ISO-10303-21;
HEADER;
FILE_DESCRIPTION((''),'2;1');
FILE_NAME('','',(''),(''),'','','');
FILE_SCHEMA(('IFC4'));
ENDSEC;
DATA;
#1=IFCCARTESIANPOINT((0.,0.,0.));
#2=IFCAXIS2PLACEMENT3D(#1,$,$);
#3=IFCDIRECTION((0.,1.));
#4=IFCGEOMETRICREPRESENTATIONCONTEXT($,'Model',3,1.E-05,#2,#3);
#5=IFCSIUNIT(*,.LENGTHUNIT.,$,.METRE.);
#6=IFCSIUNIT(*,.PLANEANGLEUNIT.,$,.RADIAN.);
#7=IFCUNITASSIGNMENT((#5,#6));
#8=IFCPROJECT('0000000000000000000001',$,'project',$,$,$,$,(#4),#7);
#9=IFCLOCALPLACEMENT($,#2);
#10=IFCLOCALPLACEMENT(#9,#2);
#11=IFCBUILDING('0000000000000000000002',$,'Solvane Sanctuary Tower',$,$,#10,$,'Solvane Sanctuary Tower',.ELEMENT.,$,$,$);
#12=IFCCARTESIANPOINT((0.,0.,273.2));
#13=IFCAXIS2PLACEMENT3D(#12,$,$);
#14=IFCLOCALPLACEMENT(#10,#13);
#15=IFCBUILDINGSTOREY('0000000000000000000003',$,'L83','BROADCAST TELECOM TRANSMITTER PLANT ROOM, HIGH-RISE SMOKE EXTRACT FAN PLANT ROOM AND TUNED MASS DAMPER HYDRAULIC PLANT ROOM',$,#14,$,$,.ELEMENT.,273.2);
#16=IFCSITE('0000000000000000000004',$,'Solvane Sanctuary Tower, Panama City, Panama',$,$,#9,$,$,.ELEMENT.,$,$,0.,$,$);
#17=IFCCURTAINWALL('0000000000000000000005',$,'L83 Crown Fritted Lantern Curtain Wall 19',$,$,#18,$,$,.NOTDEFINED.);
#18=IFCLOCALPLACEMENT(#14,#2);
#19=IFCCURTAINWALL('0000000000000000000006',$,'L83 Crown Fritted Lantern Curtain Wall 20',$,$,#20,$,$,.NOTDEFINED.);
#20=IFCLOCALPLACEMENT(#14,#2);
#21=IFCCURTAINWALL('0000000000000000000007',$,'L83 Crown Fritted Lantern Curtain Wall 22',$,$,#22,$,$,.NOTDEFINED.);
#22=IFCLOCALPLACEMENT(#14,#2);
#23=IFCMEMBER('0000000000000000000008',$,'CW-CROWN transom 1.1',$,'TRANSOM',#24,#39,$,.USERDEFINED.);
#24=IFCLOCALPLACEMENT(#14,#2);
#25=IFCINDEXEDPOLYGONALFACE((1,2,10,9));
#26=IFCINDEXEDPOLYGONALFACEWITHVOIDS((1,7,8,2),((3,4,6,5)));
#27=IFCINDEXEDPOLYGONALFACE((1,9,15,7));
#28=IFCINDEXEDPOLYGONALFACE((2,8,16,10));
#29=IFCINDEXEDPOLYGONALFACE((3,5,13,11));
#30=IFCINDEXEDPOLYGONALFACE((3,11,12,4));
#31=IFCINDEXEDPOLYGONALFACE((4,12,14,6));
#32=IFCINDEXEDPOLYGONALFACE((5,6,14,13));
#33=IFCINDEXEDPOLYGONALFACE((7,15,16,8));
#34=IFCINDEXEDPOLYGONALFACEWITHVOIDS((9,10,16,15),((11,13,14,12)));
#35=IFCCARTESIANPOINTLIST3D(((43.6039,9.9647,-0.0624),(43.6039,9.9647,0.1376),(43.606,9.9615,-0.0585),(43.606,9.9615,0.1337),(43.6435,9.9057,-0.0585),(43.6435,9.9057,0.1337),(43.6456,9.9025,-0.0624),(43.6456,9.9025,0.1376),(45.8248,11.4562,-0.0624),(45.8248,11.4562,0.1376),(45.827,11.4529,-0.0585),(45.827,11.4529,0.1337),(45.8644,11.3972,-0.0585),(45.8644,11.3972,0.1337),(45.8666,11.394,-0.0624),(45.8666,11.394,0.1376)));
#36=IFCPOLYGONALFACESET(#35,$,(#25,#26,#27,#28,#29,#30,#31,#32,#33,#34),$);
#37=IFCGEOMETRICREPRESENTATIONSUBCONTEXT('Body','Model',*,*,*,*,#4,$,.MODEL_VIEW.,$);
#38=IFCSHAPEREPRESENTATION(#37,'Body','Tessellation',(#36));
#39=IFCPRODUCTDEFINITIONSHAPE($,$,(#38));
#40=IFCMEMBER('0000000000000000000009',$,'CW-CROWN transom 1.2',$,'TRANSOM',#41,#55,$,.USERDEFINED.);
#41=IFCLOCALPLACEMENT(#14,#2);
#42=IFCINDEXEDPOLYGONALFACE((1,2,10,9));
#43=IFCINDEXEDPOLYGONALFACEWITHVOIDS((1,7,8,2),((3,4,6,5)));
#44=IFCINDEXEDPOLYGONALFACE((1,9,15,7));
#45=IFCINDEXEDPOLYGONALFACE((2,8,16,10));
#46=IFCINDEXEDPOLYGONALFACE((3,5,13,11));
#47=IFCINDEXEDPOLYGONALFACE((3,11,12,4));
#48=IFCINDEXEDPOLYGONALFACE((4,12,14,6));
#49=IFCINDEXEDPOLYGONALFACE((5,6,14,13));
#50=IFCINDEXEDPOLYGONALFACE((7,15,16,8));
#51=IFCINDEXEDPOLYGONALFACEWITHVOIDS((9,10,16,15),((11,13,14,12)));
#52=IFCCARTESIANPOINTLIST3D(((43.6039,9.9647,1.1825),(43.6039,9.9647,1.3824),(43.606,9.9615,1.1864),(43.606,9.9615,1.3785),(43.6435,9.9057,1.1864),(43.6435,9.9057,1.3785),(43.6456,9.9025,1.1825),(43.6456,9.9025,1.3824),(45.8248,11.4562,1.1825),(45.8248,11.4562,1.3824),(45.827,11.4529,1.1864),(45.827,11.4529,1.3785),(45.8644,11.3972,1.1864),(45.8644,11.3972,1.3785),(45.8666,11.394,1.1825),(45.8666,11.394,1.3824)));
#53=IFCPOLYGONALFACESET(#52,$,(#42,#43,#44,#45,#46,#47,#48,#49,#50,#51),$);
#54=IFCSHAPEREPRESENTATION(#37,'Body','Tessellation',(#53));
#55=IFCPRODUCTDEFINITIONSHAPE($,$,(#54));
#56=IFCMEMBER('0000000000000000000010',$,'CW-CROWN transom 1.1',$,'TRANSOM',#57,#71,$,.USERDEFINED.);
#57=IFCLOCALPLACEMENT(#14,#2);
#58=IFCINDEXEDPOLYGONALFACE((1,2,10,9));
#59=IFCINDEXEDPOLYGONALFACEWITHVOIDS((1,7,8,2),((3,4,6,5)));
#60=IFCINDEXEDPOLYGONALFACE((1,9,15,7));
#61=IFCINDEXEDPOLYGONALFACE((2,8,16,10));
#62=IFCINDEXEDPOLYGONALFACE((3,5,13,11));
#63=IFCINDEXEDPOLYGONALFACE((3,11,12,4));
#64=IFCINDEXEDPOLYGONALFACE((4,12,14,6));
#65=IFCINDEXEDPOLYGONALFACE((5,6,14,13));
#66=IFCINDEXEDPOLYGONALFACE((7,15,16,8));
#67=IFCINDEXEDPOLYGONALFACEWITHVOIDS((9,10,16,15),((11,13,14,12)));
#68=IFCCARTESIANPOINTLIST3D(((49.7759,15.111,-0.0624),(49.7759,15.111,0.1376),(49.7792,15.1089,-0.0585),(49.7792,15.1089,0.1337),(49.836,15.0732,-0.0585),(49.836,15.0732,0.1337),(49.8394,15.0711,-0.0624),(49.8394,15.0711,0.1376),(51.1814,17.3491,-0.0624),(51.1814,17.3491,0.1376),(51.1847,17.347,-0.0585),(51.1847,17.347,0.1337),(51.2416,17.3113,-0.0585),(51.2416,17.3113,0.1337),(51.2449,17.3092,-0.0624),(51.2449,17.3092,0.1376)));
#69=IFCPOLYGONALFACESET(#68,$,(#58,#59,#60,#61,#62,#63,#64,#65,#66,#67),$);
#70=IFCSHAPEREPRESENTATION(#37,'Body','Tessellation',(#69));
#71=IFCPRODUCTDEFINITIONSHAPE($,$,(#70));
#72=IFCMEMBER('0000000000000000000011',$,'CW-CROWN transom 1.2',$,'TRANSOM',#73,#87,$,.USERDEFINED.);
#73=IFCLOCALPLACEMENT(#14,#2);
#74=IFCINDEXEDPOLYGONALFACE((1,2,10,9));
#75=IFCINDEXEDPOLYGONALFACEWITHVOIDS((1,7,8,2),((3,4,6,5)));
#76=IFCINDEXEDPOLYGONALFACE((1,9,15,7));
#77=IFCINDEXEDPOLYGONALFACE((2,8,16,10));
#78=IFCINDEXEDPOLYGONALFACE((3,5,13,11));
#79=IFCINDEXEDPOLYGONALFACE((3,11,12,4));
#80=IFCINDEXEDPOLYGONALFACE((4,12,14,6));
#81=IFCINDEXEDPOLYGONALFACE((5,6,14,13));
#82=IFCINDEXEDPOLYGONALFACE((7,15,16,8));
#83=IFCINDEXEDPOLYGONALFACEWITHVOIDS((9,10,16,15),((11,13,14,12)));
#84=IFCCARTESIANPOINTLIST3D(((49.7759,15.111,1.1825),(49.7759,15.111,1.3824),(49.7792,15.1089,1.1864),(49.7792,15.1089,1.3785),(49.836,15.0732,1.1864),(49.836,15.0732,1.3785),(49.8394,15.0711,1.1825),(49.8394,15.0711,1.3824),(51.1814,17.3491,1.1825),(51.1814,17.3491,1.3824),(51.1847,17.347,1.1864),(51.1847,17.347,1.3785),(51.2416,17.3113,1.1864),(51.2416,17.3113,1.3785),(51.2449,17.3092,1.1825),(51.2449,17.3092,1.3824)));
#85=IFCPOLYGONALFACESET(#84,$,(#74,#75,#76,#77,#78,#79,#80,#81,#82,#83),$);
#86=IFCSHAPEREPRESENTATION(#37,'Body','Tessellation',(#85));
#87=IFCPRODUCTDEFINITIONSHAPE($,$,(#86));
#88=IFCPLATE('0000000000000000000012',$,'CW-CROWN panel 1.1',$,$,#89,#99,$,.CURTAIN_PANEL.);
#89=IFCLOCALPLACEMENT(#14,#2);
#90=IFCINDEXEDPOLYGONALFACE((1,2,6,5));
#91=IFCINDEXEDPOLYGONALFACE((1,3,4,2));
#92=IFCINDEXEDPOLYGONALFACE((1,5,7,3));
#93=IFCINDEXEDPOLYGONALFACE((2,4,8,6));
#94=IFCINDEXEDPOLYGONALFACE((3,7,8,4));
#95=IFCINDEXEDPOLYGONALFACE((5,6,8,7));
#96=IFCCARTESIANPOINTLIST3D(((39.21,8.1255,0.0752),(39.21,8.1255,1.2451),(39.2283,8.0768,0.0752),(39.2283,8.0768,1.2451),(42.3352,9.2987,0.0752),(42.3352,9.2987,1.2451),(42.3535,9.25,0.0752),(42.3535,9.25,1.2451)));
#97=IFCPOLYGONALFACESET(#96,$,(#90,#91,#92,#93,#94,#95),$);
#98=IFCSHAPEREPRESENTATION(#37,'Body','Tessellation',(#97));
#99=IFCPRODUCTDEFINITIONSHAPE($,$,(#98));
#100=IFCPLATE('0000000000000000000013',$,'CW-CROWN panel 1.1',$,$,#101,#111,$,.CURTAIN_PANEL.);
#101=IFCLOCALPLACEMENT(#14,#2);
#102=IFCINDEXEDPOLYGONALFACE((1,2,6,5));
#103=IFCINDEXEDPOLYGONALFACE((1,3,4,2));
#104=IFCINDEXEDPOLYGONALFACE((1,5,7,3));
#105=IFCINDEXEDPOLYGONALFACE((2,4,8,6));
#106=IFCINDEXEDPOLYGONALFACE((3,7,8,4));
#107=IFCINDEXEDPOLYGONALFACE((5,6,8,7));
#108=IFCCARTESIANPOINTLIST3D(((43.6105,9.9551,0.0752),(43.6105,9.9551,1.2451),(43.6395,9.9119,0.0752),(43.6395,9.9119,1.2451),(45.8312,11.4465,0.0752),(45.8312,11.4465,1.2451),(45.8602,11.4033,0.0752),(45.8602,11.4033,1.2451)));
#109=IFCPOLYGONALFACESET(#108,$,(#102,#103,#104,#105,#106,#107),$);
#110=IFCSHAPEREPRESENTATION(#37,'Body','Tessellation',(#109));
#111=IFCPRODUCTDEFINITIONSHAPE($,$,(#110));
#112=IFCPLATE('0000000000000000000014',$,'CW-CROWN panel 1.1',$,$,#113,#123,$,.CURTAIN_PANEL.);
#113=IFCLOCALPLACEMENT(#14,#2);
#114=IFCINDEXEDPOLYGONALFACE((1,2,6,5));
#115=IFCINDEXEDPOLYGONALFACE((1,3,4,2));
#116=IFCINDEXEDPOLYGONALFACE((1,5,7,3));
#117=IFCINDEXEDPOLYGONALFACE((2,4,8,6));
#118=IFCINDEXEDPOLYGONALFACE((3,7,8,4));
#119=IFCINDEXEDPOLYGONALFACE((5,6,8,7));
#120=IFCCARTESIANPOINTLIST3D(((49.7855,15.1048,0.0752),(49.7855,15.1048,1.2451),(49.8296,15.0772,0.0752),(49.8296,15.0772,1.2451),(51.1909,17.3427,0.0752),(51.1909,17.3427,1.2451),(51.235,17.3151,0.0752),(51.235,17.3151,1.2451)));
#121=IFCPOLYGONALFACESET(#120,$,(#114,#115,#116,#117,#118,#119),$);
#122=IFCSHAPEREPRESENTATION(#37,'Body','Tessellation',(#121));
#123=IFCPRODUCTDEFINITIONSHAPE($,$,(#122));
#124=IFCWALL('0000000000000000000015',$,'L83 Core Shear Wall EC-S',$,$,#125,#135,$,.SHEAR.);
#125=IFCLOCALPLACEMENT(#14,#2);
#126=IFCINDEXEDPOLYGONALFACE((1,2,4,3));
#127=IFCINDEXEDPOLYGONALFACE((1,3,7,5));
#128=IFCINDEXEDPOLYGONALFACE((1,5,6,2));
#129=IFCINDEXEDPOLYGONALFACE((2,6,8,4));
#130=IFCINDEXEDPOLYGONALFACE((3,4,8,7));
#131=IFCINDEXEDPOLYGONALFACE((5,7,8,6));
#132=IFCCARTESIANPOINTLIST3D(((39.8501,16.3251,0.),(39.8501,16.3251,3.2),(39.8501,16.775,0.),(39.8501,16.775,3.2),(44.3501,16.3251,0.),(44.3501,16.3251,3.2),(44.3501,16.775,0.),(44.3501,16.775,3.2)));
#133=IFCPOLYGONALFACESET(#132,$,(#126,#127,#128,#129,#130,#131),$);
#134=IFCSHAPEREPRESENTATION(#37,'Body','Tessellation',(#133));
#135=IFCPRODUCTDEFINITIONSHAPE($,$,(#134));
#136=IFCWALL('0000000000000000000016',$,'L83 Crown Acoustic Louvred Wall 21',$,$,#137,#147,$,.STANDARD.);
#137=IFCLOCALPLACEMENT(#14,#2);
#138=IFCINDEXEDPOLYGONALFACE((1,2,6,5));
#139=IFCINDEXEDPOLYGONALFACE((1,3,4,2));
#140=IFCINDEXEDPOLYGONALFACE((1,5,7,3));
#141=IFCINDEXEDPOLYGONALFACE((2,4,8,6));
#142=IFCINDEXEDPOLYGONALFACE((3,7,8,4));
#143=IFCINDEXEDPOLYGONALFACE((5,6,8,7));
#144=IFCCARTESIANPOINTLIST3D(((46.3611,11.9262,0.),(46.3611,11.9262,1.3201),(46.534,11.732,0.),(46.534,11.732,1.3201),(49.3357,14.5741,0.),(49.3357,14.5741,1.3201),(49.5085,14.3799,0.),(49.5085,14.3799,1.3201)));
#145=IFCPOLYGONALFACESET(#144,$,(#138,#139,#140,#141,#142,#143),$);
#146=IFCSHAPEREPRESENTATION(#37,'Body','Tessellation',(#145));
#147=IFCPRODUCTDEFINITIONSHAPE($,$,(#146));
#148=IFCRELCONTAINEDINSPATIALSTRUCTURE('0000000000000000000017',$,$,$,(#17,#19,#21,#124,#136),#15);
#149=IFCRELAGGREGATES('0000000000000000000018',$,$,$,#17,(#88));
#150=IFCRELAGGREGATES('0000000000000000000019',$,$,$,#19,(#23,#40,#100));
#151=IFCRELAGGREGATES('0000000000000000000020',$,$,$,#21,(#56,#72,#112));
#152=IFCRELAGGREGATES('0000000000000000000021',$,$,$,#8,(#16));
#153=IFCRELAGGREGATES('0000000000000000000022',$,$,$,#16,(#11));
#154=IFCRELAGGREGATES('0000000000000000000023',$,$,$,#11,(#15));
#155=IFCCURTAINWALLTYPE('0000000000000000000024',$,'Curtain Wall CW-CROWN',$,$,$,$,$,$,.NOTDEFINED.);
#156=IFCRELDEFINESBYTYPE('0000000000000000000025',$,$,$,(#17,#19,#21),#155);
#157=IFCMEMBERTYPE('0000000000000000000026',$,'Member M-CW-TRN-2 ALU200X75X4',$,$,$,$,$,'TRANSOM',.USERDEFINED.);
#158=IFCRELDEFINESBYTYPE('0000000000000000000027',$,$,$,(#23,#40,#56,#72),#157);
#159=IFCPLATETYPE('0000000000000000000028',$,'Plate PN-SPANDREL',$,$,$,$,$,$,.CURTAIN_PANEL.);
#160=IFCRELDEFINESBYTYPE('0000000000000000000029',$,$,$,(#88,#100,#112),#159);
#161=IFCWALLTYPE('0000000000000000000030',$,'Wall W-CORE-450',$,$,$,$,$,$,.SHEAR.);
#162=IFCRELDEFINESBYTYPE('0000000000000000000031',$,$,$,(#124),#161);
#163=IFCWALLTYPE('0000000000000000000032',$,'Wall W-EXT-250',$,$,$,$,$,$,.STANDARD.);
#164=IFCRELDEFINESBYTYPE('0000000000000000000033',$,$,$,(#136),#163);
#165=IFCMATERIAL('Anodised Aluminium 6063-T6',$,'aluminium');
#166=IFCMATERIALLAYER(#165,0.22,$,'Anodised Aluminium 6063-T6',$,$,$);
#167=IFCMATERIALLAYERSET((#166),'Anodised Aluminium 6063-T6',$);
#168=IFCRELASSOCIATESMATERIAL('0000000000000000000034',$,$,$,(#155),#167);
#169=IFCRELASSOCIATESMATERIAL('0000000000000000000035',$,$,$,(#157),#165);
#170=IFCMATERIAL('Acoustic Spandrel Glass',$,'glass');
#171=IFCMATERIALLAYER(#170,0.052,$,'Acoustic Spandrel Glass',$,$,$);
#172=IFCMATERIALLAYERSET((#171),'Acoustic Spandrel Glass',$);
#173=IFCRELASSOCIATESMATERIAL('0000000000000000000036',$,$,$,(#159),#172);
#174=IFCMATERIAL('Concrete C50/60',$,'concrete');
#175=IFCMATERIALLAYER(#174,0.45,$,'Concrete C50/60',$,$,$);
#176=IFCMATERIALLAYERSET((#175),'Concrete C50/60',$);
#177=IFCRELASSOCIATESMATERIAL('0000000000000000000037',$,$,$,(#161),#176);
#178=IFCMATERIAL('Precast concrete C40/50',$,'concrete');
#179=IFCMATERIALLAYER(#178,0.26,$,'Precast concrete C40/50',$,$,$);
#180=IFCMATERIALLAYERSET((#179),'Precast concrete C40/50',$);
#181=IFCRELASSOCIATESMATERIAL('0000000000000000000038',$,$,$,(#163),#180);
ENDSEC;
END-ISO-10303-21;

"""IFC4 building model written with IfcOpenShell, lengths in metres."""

from ifc_helpers import new_model, si_unit, direction, frame, frame_2d, origin, origin_2d, place, context, subcontext, project, spatial, rectangle, hollow_rectangle, extrude, material, layer, layer_set, material_profile, profile_set, type_object, element, aggregate, save


model = new_model("IFC4")

# Units and contexts
model_context = context("Model", 3, precision=1e-05, world=origin(), true_north=direction((0.0, 1.0)))
body_context = subcontext(model_context, "Body", "Model", "MODEL_VIEW")
ifc_project = project(units=[si_unit("LENGTHUNIT", "METRE"), si_unit("PLANEANGLEUNIT", "RADIAN")], contexts=[model_context])

# Site, building, storey
site_placement = place(None, origin())
site = spatial("IfcSite", under=ifc_project, at=site_placement, Name="Solvane Sanctuary Tower, Panama City, Panama", CompositionType="ELEMENT", RefElevation=0.0)
building_placement = place(site_placement, origin())
building = spatial("IfcBuilding", under=site, at=building_placement, Name="Solvane Sanctuary Tower", LongName="Solvane Sanctuary Tower", CompositionType="ELEMENT")
storey_placement = place(building_placement, frame((0.0, 0.0, 273.2)))
storey = spatial("IfcBuildingStorey", under=building, at=storey_placement, Name="L83", Description="BROADCAST TELECOM TRANSMITTER PLANT ROOM, HIGH-RISE SMOKE EXTRACT FAN PLANT ROOM AND TUNED MASS DAMPER HYDRAULIC PLANT ROOM", CompositionType="ELEMENT", Elevation=273.2)

# Curtain wall
ifc_material_1 = material(Name="Anodised Aluminium 6063-T6", Category="aluminium")
ifc_layer_1 = layer(ifc_material_1, 0.22, Name="Anodised Aluminium 6063-T6")
ifc_layer_set_1 = layer_set([ifc_layer_1], Name="Anodised Aluminium 6063-T6")
curtain_wall_type = type_object("IfcCurtainWallType", Name="Curtain Wall CW-CROWN", PredefinedType="NOTDEFINED", material=ifc_layer_set_1)
curtain_wall_1_placement = place(storey_placement, origin())
curtain_wall_1 = element("IfcCurtainWall", 1, at=curtain_wall_1_placement, inside=storey, type_object=curtain_wall_type, Name="L83 Crown Fritted Lantern Curtain Wall 19", PredefinedType="NOTDEFINED")

# Curtain wall
curtain_wall_2_placement = place(storey_placement, origin())
curtain_wall_2 = element("IfcCurtainWall", 2, at=curtain_wall_2_placement, inside=storey, type_object=curtain_wall_type, Name="L83 Crown Fritted Lantern Curtain Wall 20", PredefinedType="NOTDEFINED")

# Curtain wall
curtain_wall_3_placement = place(storey_placement, origin())
curtain_wall_3 = element("IfcCurtainWall", 3, at=curtain_wall_3_placement, inside=storey, type_object=curtain_wall_type, Name="L83 Crown Fritted Lantern Curtain Wall 22", PredefinedType="NOTDEFINED")

# Members
ifc_material_profile_1 = material_profile(ifc_material_1, hollow_rectangle(XDim=0.075, YDim=0.2, WallThickness=0.0039, at=origin_2d()), Name="ALU200X75X4")
ifc_profile_set_1 = profile_set([ifc_material_profile_1], Name="Anodised Aluminium 6063-T6")
member_type_1 = type_object("IfcMemberType", Name="Member M-CW-TRN-2 ALU200X75X4", ElementType="TRANSOM", PredefinedType="USERDEFINED", material=ifc_profile_set_1)
member_1_placement = place(storey_placement, frame((43.6248, 9.9336, 0.0376), z_axis=(0.830178, 0.557498, 0.0), x_axis=(-0.557498, 0.830178, 0.0)))
member_1 = element("IfcMember", 4, at=member_1_placement, type_object=member_type_1, Name="CW-CROWN transom 1.1", ObjectType="TRANSOM", PredefinedType="USERDEFINED", context=body_context, shape_type="SweptSolid", body=[
    extrude(hollow_rectangle(XDim=0.075, YDim=0.2, WallThickness=0.0039, at=origin_2d()), origin(), (0.0, 0.0, 1.0), 2.6753),
])
member_2_placement = place(storey_placement, frame((43.6248, 9.9336, 1.2825), z_axis=(0.830178, 0.557498, 0.0), x_axis=(-0.557498, 0.830178, 0.0)))
member_2 = element("IfcMember", 5, at=member_2_placement, type_object=member_type_1, Name="CW-CROWN transom 1.2", ObjectType="TRANSOM", PredefinedType="USERDEFINED", context=body_context, shape_type="SweptSolid", body=[
    extrude(hollow_rectangle(XDim=0.075, YDim=0.2, WallThickness=0.0039, at=origin_2d()), origin(), (0.0, 0.0, 1.0), 2.6753),
])
member_3_placement = place(storey_placement, frame((49.8076, 15.0911, 0.0376), z_axis=(0.531833, 0.846849, 0.0), x_axis=(-0.846849, 0.531833, 0.0)))
member_3 = element("IfcMember", 6, at=member_3_placement, type_object=member_type_1, Name="CW-CROWN transom 1.1", ObjectType="TRANSOM", PredefinedType="USERDEFINED", context=body_context, shape_type="SweptSolid", body=[
    extrude(hollow_rectangle(XDim=0.075, YDim=0.2, WallThickness=0.0039, at=origin_2d()), origin(), (0.0, 0.0, 1.0), 2.6428),
])
member_4_placement = place(storey_placement, frame((49.8076, 15.0911, 1.2825), z_axis=(0.531833, 0.846849, 0.0), x_axis=(-0.846849, 0.531833, 0.0)))
member_4 = element("IfcMember", 7, at=member_4_placement, type_object=member_type_1, Name="CW-CROWN transom 1.2", ObjectType="TRANSOM", PredefinedType="USERDEFINED", context=body_context, shape_type="SweptSolid", body=[
    extrude(hollow_rectangle(XDim=0.075, YDim=0.2, WallThickness=0.0039, at=origin_2d()), origin(), (0.0, 0.0, 1.0), 2.6428),
])

# Plates
ifc_material_2 = material(Name="Acoustic Spandrel Glass", Category="glass")
ifc_layer_2 = layer(ifc_material_2, 0.052, Name="Acoustic Spandrel Glass")
ifc_layer_set_2 = layer_set([ifc_layer_2], Name="Acoustic Spandrel Glass")
plate_type = type_object("IfcPlateType", Name="Plate PN-SPANDREL", PredefinedType="CURTAIN_PANEL", material=ifc_layer_set_2)
plate_1_placement = place(storey_placement, frame((40.7817, 8.6877, 0.0752), z_axis=(0.0, 0.0, 1.0), x_axis=(0.936197, 0.351475, 0.0)))
plate_1 = element("IfcPlate", 8, at=plate_1_placement, type_object=plate_type, Name="CW-CROWN panel 1.1", PredefinedType="CURTAIN_PANEL", context=body_context, shape_type="SweptSolid", body=[
    extrude(rectangle(XDim=3.3381, YDim=0.052, at=origin_2d()), origin(), (0.0, 0.0, 1.0), 1.1699),
])
aggregate(curtain_wall_1, [plate_1])
plate_2_placement = place(storey_placement, frame((44.7354, 10.6792, 0.0752), z_axis=(0.0, 0.0, 1.0), x_axis=(0.830156, 0.557531, 0.0)))
plate_2 = element("IfcPlate", 9, at=plate_2_placement, type_object=plate_type, Name="CW-CROWN panel 1.1", PredefinedType="CURTAIN_PANEL", context=body_context, shape_type="SweptSolid", body=[
    extrude(rectangle(XDim=2.675, YDim=0.052, at=origin_2d()), origin(), (0.0, 0.0, 1.0), 1.1699),
])
aggregate(curtain_wall_2, [member_1, member_2, plate_2])
plate_3_placement = place(storey_placement, frame((50.5103, 16.21, 0.0752), z_axis=(0.0, 0.0, 1.0), x_axis=(0.531819, 0.846858, 0.0)))
plate_3 = element("IfcPlate", 10, at=plate_3_placement, type_object=plate_type, Name="CW-CROWN panel 1.1", PredefinedType="CURTAIN_PANEL", context=body_context, shape_type="SweptSolid", body=[
    extrude(rectangle(XDim=2.6426, YDim=0.052, at=origin_2d()), origin(), (0.0, 0.0, 1.0), 1.1699),
])
aggregate(curtain_wall_3, [member_3, member_4, plate_3])

# Walls
ifc_material_3 = material(Name="Concrete C50/60", Category="concrete")
ifc_layer_3 = layer(ifc_material_3, 0.45, Name="Concrete C50/60")
ifc_layer_set_3 = layer_set([ifc_layer_3], Name="Concrete C50/60")
wall_type_1 = type_object("IfcWallType", Name="Wall W-CORE-450", PredefinedType="SHEAR", material=ifc_layer_set_3)
wall_1_placement = place(storey_placement, frame((39.8501, 16.55, 0.0), z_axis=(0.0, 0.0, 1.0), x_axis=(1.0, 0.0, 0.0)))
element("IfcWall", 11, at=wall_1_placement, inside=storey, type_object=wall_type_1, Name="L83 Core Shear Wall EC-S", PredefinedType="SHEAR", context=body_context, shape_type="SweptSolid", body=[
    extrude(rectangle(XDim=4.5, YDim=0.45, at=frame_2d((2.25, 0.0))), origin(), (0.0, 0.0, 1.0), 3.2),
])
ifc_material_4 = material(Name="Precast concrete C40/50", Category="concrete")
ifc_layer_4 = layer(ifc_material_4, 0.26, Name="Precast concrete C40/50")
ifc_layer_set_4 = layer_set([ifc_layer_4], Name="Precast concrete C40/50")
wall_type_2 = type_object("IfcWallType", Name="Wall W-EXT-250", PredefinedType="STANDARD", material=ifc_layer_set_4)
wall_2_placement = place(storey_placement, frame((46.4475, 11.8291, 0.0), z_axis=(0.0, 0.0, 1.0), x_axis=(0.746929, 0.664904, 0.0)))
element("IfcWall", 12, at=wall_2_placement, inside=storey, type_object=wall_type_2, Name="L83 Crown Acoustic Louvred Wall 21", PredefinedType="STANDARD", context=body_context, shape_type="SweptSolid", body=[
    extrude(rectangle(XDim=3.9824, YDim=0.26, at=frame_2d((1.9912, 0.0))), origin(), (0.0, 0.0, 1.0), 1.3201),
])

save(model, "model.ifc")
